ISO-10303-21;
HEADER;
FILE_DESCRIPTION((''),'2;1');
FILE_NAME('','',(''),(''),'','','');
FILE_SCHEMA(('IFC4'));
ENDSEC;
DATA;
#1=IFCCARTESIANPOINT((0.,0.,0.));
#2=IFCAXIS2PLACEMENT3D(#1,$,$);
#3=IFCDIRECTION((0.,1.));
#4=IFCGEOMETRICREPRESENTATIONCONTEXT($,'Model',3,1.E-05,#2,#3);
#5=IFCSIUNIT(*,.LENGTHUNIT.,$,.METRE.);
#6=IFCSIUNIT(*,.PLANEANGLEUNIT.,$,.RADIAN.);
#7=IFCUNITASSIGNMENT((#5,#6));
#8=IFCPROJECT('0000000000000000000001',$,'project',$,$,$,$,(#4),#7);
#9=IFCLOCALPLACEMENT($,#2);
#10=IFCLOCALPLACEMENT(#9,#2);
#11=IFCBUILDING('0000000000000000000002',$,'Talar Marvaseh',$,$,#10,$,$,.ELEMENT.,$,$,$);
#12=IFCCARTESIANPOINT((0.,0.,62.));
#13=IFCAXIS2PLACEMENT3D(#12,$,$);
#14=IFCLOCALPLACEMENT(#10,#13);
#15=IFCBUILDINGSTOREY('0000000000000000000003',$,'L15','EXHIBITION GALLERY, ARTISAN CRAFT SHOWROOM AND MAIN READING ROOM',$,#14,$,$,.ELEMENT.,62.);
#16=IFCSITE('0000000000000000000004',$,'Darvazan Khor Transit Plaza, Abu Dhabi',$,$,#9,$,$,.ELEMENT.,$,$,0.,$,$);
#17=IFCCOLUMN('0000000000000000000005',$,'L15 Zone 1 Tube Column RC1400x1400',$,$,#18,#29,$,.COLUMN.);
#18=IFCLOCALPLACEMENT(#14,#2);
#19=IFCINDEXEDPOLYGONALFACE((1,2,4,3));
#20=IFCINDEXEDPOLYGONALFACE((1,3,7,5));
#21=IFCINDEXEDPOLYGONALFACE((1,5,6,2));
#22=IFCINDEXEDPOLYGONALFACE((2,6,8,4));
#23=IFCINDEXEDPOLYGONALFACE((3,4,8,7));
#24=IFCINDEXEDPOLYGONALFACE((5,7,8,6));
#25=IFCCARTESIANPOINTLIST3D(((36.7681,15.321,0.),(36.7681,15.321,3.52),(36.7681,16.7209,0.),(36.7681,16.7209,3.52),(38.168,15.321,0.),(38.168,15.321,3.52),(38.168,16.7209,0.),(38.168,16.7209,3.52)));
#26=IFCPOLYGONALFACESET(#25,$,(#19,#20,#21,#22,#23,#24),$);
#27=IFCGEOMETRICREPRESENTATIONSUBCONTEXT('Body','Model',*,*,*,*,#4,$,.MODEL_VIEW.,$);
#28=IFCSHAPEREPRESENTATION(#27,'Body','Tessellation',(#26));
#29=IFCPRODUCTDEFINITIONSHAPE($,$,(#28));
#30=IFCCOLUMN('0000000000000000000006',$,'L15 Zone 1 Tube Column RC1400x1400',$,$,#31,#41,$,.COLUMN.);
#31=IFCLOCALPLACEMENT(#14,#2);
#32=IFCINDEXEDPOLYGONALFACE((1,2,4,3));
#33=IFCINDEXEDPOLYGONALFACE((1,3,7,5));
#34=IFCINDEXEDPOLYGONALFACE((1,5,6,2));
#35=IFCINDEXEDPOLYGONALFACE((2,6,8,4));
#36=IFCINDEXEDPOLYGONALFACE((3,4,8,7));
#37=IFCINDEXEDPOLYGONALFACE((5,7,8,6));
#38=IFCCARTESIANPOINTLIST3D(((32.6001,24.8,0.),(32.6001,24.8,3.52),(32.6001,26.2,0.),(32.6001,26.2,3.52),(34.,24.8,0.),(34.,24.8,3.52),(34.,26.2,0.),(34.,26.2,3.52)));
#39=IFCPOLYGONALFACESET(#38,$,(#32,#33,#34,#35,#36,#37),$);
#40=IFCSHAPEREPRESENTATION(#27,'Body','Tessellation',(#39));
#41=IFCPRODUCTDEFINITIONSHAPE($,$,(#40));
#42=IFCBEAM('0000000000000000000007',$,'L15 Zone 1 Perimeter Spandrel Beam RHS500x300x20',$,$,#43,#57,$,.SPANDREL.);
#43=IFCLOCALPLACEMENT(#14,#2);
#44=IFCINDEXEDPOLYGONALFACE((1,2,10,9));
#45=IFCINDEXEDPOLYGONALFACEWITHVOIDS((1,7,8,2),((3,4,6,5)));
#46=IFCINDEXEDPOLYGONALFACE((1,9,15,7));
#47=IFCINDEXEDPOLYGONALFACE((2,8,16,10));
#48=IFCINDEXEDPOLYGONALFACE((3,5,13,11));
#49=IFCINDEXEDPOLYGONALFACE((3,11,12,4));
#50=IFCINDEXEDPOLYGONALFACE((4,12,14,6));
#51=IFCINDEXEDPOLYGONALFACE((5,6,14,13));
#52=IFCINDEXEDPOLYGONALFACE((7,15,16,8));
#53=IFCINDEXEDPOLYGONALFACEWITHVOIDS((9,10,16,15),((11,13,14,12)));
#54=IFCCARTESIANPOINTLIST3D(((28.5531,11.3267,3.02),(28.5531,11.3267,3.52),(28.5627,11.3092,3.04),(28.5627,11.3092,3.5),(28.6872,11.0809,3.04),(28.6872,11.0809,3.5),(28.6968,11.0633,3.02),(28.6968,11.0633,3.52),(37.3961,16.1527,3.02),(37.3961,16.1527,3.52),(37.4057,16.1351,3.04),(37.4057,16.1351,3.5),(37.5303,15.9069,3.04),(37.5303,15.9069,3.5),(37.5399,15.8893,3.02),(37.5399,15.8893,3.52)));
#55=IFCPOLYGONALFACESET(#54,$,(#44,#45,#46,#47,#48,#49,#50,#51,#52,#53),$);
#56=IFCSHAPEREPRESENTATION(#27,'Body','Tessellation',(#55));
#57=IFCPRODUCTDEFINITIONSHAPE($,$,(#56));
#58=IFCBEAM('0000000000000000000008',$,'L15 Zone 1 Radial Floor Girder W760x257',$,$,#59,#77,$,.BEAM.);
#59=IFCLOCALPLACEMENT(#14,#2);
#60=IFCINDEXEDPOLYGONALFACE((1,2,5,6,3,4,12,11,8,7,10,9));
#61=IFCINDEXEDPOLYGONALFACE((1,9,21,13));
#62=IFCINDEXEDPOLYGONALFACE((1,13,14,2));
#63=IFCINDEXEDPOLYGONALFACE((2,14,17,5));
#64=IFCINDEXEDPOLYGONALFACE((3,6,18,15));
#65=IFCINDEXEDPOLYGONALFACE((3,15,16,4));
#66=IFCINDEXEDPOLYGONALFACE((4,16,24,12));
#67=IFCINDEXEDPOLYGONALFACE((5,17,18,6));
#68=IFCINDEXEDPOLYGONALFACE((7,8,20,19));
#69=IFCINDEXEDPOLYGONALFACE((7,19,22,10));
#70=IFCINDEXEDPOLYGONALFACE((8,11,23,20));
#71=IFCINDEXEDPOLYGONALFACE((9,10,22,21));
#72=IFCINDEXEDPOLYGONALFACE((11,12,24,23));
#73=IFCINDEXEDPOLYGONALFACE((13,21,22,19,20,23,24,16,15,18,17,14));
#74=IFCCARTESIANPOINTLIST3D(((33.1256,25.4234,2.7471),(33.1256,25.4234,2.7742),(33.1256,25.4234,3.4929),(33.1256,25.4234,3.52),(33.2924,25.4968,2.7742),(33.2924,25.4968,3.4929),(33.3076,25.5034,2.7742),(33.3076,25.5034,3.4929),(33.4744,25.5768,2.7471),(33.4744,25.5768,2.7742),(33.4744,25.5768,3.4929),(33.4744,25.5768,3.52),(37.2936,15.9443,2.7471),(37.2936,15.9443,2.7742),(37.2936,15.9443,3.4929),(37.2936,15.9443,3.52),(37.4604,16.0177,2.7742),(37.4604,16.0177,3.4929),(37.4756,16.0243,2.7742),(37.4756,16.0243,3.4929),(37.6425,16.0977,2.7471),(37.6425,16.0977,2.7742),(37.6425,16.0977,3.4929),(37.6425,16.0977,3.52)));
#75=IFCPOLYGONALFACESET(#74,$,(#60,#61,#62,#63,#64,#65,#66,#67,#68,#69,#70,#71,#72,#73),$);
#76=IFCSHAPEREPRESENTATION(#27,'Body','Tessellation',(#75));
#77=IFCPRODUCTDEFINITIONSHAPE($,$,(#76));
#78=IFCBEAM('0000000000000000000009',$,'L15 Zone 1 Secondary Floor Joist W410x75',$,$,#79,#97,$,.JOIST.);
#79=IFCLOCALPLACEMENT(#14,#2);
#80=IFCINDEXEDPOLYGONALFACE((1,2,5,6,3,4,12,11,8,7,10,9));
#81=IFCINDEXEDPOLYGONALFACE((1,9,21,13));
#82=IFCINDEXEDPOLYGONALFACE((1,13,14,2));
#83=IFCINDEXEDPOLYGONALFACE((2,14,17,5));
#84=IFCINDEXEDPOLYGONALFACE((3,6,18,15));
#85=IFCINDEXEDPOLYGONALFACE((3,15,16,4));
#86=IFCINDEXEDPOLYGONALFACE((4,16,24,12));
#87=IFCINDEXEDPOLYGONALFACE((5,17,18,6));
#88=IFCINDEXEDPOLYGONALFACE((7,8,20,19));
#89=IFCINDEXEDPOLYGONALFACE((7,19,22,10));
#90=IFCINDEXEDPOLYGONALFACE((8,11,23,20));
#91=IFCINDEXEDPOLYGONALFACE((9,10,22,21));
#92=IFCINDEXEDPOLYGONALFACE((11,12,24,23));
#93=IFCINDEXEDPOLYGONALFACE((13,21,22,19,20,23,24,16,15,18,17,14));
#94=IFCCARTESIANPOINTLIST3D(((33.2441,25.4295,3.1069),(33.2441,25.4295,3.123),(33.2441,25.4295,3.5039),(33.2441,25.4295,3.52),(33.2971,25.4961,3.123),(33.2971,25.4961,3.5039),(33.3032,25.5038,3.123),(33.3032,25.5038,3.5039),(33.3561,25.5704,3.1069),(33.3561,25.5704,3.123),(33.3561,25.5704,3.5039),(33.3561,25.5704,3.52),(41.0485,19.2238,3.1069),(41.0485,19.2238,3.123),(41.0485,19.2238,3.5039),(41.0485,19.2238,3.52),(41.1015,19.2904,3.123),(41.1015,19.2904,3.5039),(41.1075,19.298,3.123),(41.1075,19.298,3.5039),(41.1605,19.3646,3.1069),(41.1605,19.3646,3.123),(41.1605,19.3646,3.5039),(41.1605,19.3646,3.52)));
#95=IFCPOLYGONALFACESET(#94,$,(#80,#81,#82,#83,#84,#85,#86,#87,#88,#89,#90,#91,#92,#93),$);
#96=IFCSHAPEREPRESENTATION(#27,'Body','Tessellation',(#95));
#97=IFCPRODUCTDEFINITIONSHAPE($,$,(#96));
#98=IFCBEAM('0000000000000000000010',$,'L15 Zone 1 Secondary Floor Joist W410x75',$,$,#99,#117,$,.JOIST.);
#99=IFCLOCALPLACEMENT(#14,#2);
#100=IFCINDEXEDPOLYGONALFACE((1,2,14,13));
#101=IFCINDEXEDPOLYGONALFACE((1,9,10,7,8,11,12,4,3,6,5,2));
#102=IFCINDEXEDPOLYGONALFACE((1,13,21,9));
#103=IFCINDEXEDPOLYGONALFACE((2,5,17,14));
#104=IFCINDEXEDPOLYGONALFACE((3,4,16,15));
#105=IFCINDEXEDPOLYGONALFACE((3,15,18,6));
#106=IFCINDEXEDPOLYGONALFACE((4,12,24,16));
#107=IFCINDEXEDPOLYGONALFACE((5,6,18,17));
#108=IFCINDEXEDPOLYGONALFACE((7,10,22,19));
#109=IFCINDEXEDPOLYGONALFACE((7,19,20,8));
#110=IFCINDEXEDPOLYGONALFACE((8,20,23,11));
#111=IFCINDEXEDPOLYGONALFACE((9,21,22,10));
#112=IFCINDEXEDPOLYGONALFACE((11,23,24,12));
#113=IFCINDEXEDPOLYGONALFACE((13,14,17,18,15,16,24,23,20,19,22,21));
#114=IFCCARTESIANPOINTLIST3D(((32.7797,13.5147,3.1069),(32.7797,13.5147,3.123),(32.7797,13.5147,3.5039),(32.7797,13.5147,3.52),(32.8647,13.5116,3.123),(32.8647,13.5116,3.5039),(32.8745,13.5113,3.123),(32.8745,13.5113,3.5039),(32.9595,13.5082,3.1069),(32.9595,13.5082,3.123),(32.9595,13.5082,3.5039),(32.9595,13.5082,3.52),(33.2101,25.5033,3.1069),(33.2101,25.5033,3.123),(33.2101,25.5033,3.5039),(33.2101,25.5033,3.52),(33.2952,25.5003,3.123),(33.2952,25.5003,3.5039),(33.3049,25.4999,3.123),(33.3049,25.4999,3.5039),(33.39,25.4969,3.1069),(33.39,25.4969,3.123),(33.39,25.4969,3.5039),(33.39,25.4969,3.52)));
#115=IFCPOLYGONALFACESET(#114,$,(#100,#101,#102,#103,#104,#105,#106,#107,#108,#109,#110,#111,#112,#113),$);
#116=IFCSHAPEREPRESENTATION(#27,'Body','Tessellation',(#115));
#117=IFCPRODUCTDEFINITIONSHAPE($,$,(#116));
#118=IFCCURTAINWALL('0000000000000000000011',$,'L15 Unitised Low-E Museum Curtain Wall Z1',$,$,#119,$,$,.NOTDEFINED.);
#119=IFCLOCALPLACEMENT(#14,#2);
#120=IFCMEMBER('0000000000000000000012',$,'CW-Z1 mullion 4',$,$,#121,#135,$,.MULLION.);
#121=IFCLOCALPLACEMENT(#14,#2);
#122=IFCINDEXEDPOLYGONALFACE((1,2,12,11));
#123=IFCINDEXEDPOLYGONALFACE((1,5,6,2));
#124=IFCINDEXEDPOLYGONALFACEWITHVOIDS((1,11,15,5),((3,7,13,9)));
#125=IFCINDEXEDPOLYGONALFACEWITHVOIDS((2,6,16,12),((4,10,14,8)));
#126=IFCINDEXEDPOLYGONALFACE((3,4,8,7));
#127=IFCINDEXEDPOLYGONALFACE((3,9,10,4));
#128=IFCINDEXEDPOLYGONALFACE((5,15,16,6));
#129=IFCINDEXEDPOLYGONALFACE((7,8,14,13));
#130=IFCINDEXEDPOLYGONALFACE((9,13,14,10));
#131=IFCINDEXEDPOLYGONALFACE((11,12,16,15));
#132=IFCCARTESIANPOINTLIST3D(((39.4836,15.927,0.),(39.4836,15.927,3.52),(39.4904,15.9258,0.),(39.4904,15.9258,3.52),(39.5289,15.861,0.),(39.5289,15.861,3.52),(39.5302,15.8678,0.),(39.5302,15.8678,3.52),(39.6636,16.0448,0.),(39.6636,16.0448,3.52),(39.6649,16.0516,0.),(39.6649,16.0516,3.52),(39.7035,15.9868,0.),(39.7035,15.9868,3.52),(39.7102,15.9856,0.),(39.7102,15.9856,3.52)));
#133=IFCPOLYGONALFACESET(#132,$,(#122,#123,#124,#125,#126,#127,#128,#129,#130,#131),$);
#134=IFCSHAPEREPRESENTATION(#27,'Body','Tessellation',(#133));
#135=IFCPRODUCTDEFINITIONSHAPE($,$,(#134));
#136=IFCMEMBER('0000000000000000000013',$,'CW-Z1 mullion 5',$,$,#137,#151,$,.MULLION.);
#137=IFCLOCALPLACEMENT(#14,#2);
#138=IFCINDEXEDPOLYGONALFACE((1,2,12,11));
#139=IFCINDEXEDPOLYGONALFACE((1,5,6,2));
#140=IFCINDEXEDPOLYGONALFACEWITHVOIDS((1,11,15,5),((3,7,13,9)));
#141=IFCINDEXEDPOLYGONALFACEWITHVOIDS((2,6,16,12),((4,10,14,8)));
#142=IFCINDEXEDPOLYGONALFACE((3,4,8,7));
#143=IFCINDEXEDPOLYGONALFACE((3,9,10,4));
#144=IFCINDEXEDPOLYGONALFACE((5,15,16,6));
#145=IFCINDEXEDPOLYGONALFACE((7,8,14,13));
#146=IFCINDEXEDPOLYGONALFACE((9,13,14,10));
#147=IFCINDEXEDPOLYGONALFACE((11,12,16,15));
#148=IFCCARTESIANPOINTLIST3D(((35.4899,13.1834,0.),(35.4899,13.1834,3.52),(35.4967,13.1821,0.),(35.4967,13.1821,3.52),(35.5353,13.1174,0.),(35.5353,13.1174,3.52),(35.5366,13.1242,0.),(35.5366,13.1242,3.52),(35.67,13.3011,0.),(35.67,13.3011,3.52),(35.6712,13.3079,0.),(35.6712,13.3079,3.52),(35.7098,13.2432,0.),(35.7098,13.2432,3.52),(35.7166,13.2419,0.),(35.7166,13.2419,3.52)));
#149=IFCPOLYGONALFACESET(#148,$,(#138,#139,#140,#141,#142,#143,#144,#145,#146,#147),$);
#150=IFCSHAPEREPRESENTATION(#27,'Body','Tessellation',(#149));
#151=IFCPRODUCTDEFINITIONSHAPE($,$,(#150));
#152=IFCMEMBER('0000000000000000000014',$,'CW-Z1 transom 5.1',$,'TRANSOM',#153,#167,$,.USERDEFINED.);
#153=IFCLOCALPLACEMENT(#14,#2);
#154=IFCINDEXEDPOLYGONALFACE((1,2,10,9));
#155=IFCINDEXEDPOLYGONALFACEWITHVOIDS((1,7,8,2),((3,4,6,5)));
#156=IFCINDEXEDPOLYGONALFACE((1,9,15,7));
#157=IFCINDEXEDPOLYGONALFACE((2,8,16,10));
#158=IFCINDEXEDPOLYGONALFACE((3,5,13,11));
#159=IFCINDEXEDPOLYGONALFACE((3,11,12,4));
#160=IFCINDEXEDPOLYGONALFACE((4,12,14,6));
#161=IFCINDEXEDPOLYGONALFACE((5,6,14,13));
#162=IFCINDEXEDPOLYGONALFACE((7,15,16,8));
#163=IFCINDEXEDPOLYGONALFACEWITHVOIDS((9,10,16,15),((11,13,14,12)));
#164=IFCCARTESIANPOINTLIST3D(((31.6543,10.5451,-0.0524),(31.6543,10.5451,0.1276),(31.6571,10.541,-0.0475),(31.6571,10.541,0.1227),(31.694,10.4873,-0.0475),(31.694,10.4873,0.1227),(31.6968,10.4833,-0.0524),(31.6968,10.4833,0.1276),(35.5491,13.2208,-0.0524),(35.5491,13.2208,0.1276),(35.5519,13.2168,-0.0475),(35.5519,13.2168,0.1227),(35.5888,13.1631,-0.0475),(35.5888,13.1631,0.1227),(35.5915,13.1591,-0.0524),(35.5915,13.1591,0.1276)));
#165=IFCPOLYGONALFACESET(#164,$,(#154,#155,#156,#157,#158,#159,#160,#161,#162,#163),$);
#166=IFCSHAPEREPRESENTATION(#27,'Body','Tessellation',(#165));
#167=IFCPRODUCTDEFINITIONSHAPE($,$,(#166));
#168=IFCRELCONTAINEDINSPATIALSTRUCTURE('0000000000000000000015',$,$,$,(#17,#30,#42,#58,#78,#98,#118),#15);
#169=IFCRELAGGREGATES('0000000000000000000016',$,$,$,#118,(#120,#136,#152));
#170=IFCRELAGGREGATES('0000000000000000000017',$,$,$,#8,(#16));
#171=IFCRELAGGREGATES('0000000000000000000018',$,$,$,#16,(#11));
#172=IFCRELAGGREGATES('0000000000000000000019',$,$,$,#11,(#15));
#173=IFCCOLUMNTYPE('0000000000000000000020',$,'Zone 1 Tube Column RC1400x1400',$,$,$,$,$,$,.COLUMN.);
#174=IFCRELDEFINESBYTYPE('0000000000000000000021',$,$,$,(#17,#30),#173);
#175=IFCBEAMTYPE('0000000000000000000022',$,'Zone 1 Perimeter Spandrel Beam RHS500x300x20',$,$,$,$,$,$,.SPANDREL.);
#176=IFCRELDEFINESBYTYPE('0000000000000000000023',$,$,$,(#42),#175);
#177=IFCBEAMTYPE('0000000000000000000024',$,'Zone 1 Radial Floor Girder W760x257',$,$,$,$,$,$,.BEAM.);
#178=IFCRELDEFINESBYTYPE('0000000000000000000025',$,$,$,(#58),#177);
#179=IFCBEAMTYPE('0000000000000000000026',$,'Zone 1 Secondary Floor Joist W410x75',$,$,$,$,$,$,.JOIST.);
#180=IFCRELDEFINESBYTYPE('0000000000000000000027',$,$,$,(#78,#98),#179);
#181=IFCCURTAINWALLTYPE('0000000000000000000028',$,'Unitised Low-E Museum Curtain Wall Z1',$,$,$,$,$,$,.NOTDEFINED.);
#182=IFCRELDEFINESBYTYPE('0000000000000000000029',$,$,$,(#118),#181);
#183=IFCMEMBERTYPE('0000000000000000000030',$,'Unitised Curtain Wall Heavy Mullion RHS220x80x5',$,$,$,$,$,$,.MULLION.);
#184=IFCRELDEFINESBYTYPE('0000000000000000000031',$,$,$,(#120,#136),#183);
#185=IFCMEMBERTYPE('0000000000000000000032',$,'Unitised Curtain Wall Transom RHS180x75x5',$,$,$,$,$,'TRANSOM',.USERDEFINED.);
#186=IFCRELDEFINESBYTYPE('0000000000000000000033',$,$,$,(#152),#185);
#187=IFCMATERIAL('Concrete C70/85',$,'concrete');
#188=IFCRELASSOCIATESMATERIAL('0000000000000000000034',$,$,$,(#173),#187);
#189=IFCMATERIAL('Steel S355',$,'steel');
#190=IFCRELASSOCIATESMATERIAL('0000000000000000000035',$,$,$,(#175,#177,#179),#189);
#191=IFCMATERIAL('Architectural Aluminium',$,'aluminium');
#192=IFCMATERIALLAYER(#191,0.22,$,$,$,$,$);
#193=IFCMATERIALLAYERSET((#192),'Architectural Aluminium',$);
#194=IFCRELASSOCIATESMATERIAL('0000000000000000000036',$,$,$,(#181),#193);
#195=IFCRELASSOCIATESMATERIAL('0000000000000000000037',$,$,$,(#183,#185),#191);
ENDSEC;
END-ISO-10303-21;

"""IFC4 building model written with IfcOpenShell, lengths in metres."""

from ifc_helpers import new_model, si_unit, direction, frame, origin, origin_2d, place, context, subcontext, project, spatial, rectangle, hollow_rectangle, i_section, extrude, source, transform, mapped, material, layer, layer_set, material_profile, profile_set, type_object, type_shapes, element, aggregate, save


model = new_model("IFC4")

# Units and contexts
model_context = context("Model", 3, precision=1e-05, world=origin(), true_north=direction((0.0, 1.0)))
body_context = subcontext(model_context, "Body", "Model", "MODEL_VIEW")
ifc_project = project(units=[si_unit("LENGTHUNIT", "METRE"), si_unit("PLANEANGLEUNIT", "RADIAN")], contexts=[model_context])

# Site, building, storey
site_placement = place(None, origin())
site = spatial("IfcSite", under=ifc_project, at=site_placement, Name="Darvazan Khor Transit Plaza, Abu Dhabi", CompositionType="ELEMENT", RefElevation=0.0)
building_placement = place(site_placement, origin())
building = spatial("IfcBuilding", under=site, at=building_placement, Name="Talar Marvaseh", CompositionType="ELEMENT")
storey_placement = place(building_placement, frame((0.0, 0.0, 62.0)))
storey = spatial("IfcBuildingStorey", under=building, at=storey_placement, Name="L15", Description="EXHIBITION GALLERY, ARTISAN CRAFT SHOWROOM AND MAIN READING ROOM", CompositionType="ELEMENT", Elevation=62.0)

# Columns
ifc_material_1 = material(Name="Concrete C70/85", Category="concrete")
ifc_material_profile_1 = material_profile(ifc_material_1, rectangle(XDim=1.3999, YDim=1.3999, at=origin_2d()), Name="RC1400x1400")
ifc_profile_set_1 = profile_set([ifc_material_profile_1], Name="Concrete C70/85")
column_type = type_object("IfcColumnType", Name="Zone 1 Tube Column RC1400x1400", PredefinedType="COLUMN", material=ifc_profile_set_1)
for number, where, z_axis, x_axis, name in (
    (1, (37.468, 16.021, 0.0), (0.0, 0.0, 1.0), (1.0, 0.0, 0.0), "L15 Zone 1 Tube Column RC1400x1400"),
    (2, (33.3, 25.5, 0.0), (0.0, 0.0, 1.0), (1.0, 0.0, 0.0), "L15 Zone 1 Tube Column RC1400x1400"),
):
    element("IfcColumn", number, at=place(storey_placement, frame(where, z_axis=z_axis, x_axis=x_axis)), inside=storey, type_object=column_type, Name=name, PredefinedType="COLUMN", context=body_context, shape_type="SweptSolid", body=[
        extrude(rectangle(XDim=1.3999, YDim=1.3999, at=origin_2d()), origin(), (0.0, 0.0, 1.0), 3.52),
    ])

# Beams
ifc_material_2 = material(Name="Steel S355", Category="steel")
ifc_material_profile_2 = material_profile(ifc_material_2, hollow_rectangle(XDim=0.3, YDim=0.5, WallThickness=0.02, at=origin_2d()), Name="RHS500x300x20")
ifc_profile_set_2 = profile_set([ifc_material_profile_2], Name="Steel S355")
beam_type_1 = type_object("IfcBeamType", Name="Zone 1 Perimeter Spandrel Beam RHS500x300x20", PredefinedType="SPANDREL", material=ifc_profile_set_2)
beam_1_placement = place(storey_placement, frame((37.468, 16.021, 3.27), z_axis=(-0.877793, -0.479041, 0.0), x_axis=(0.479041, -0.877793, 0.0)))
element("IfcBeam", 3, at=beam_1_placement, inside=storey, type_object=beam_type_1, Name="L15 Zone 1 Perimeter Spandrel Beam RHS500x300x20", PredefinedType="SPANDREL", context=body_context, shape_type="SweptSolid", body=[
    extrude(hollow_rectangle(XDim=0.3, YDim=0.5, WallThickness=0.02, at=origin_2d()), origin(), (0.0, 0.0, 1.0), 10.0742),
])
ifc_material_profile_3 = material_profile(ifc_material_2, i_section(OverallWidth=0.3811, OverallDepth=0.7729, WebThickness=0.0166, FlangeThickness=0.0271, at=origin_2d()), Name="W760x257")
ifc_profile_set_3 = profile_set([ifc_material_profile_3], Name="Steel S355")
beam_type_2 = type_object("IfcBeamType", Name="Zone 1 Radial Floor Girder W760x257", PredefinedType="BEAM", material=ifc_profile_set_3)
beam_2_placement = place(storey_placement, frame((37.468, 16.021, 3.1335), z_axis=(-0.402513, 0.915414, 0.0), x_axis=(-0.915414, -0.402513, 0.0)))
element("IfcBeam", 4, at=beam_2_placement, inside=storey, type_object=beam_type_2, Name="L15 Zone 1 Radial Floor Girder W760x257", PredefinedType="BEAM", context=body_context, shape_type="SweptSolid", body=[
    extrude(i_section(OverallWidth=0.3811, OverallDepth=0.7729, WebThickness=0.0166, FlangeThickness=0.0271, at=origin_2d()), origin(), (0.0, 0.0, 1.0), 10.355),
])
ifc_material_profile_4 = material_profile(ifc_material_2, i_section(OverallWidth=0.1799, OverallDepth=0.4131, WebThickness=0.0098, FlangeThickness=0.0161, at=origin_2d()), Name="W410x75")
ifc_profile_set_4 = profile_set([ifc_material_profile_4], Name="Steel S355")
beam_type_3 = type_object("IfcBeamType", Name="Zone 1 Secondary Floor Joist W410x75", PredefinedType="JOIST", material=ifc_profile_set_4)
beam_3_placement = place(storey_placement, frame((41.1045, 19.2942, 3.3135), z_axis=(-0.782712, 0.622384, 0.0), x_axis=(-0.622384, -0.782712, 0.0)))
element("IfcBeam", 5, at=beam_3_placement, inside=storey, type_object=beam_type_3, Name="L15 Zone 1 Secondary Floor Joist W410x75", PredefinedType="JOIST", context=body_context, shape_type="SweptSolid", body=[
    extrude(i_section(OverallWidth=0.1799, OverallDepth=0.4131, WebThickness=0.0098, FlangeThickness=0.0161, at=origin_2d()), origin(), (0.0, 0.0, 1.0), 9.9709),
])
beam_4_placement = place(storey_placement, frame((32.8696, 13.5115, 3.3135), z_axis=(0.03588, 0.999356, 0.0), x_axis=(-0.999356, 0.03588, 0.0)))
element("IfcBeam", 6, at=beam_4_placement, inside=storey, type_object=beam_type_3, Name="L15 Zone 1 Secondary Floor Joist W410x75", PredefinedType="JOIST", context=body_context, shape_type="SweptSolid", body=[
    extrude(i_section(OverallWidth=0.1799, OverallDepth=0.4131, WebThickness=0.0098, FlangeThickness=0.0161, at=origin_2d()), origin(), (0.0, 0.0, 1.0), 11.9963),
])

# Curtain wall, members
ifc_material_3 = material(Name="Architectural Aluminium", Category="aluminium")
ifc_layer_1 = layer(ifc_material_3, 0.22)
ifc_layer_set_1 = layer_set([ifc_layer_1], Name="Architectural Aluminium")
curtain_wall_type = type_object("IfcCurtainWallType", Name="Unitised Low-E Museum Curtain Wall Z1", PredefinedType="NOTDEFINED", material=ifc_layer_set_1)
curtain_wall_placement = place(storey_placement, origin())
curtain_wall = element("IfcCurtainWall", 7, at=curtain_wall_placement, inside=storey, type_object=curtain_wall_type, Name="L15 Unitised Low-E Museum Curtain Wall Z1", PredefinedType="NOTDEFINED")
ifc_material_profile_5 = material_profile(ifc_material_3, hollow_rectangle(XDim=0.0801, YDim=0.22, WallThickness=0.0049, at=origin_2d()), Name="RHS220x80x5")
ifc_profile_set_5 = profile_set([ifc_material_profile_5], Name="Architectural Aluminium")
member_type_1 = type_object("IfcMemberType", Name="Unitised Curtain Wall Heavy Mullion RHS220x80x5", PredefinedType="MULLION", material=ifc_profile_set_5)
shared_shape_1 = source(origin(), body_context, "Body", "SweptSolid", [
    extrude(hollow_rectangle(XDim=0.0801, YDim=0.22, WallThickness=0.0049, at=origin_2d()), origin(), (0.0, 0.0, 1.0), 3.52),
])
type_shapes(member_type_1, [shared_shape_1])
member_1_placement = place(storey_placement, frame((39.5969, 15.9563, 0.0), z_axis=(0.0, 0.0, 1.0), x_axis=(0.566277, -0.824215, 0.0)))
member_1 = element("IfcMember", 8, at=member_1_placement, type_object=member_type_1, Name="CW-Z1 mullion 4", PredefinedType="MULLION", context=body_context, shape_type="MappedRepresentation", body=[
    mapped(shared_shape_1, transform((0.0, 0.0, 0.0), x_axis=(1.0, 0.0, 0.0), y_axis=(0.0, 1.0, 0.0), z_axis=(0.0, 0.0, 1.0), scale=1.0)),
])
member_2_placement = place(storey_placement, frame((35.6033, 13.2126, 0.0), z_axis=(0.0, 0.0, 1.0), x_axis=(0.566277, -0.824215, 0.0)))
member_2 = element("IfcMember", 9, at=member_2_placement, type_object=member_type_1, Name="CW-Z1 mullion 5", PredefinedType="MULLION", context=body_context, shape_type="MappedRepresentation", body=[
    mapped(shared_shape_1, transform((0.0, 0.0, 0.0), x_axis=(1.0, 0.0, 0.0), y_axis=(0.0, 1.0, 0.0), z_axis=(0.0, 0.0, 1.0), scale=1.0)),
])
ifc_material_profile_6 = material_profile(ifc_material_3, hollow_rectangle(XDim=0.075, YDim=0.1799, WallThickness=0.0049, at=origin_2d()), Name="RHS180x75x5")
ifc_profile_set_6 = profile_set([ifc_material_profile_6], Name="Architectural Aluminium")
member_type_2 = type_object("IfcMemberType", Name="Unitised Curtain Wall Transom RHS180x75x5", ElementType="TRANSOM", PredefinedType="USERDEFINED", material=ifc_profile_set_6)
shared_shape_2 = source(origin(), body_context, "Body", "SweptSolid", [
    extrude(hollow_rectangle(XDim=0.075, YDim=0.1799, WallThickness=0.0049, at=origin_2d()), origin(), (0.0, 0.0, 1.0), 4.7253),
])
member_3_placement = place(storey_placement, frame((35.5703, 13.1899, 0.0376), z_axis=(-0.824227, -0.566259, 0.0), x_axis=(0.566259, -0.824227, 0.0)))
member_3 = element("IfcMember", 10, at=member_3_placement, type_object=member_type_2, Name="CW-Z1 transom 5.1", ObjectType="TRANSOM", PredefinedType="USERDEFINED", context=body_context, shape_type="MappedRepresentation", body=[
    mapped(shared_shape_2, transform((0.0, 0.0, 0.0), x_axis=(1.0, 0.0, 0.0), y_axis=(0.0, 1.0, 0.0), z_axis=(0.0, 0.0, 1.0), scale=1.0)),
])
aggregate(curtain_wall, [member_1, member_2, member_3])

save(model, "model.ifc")
